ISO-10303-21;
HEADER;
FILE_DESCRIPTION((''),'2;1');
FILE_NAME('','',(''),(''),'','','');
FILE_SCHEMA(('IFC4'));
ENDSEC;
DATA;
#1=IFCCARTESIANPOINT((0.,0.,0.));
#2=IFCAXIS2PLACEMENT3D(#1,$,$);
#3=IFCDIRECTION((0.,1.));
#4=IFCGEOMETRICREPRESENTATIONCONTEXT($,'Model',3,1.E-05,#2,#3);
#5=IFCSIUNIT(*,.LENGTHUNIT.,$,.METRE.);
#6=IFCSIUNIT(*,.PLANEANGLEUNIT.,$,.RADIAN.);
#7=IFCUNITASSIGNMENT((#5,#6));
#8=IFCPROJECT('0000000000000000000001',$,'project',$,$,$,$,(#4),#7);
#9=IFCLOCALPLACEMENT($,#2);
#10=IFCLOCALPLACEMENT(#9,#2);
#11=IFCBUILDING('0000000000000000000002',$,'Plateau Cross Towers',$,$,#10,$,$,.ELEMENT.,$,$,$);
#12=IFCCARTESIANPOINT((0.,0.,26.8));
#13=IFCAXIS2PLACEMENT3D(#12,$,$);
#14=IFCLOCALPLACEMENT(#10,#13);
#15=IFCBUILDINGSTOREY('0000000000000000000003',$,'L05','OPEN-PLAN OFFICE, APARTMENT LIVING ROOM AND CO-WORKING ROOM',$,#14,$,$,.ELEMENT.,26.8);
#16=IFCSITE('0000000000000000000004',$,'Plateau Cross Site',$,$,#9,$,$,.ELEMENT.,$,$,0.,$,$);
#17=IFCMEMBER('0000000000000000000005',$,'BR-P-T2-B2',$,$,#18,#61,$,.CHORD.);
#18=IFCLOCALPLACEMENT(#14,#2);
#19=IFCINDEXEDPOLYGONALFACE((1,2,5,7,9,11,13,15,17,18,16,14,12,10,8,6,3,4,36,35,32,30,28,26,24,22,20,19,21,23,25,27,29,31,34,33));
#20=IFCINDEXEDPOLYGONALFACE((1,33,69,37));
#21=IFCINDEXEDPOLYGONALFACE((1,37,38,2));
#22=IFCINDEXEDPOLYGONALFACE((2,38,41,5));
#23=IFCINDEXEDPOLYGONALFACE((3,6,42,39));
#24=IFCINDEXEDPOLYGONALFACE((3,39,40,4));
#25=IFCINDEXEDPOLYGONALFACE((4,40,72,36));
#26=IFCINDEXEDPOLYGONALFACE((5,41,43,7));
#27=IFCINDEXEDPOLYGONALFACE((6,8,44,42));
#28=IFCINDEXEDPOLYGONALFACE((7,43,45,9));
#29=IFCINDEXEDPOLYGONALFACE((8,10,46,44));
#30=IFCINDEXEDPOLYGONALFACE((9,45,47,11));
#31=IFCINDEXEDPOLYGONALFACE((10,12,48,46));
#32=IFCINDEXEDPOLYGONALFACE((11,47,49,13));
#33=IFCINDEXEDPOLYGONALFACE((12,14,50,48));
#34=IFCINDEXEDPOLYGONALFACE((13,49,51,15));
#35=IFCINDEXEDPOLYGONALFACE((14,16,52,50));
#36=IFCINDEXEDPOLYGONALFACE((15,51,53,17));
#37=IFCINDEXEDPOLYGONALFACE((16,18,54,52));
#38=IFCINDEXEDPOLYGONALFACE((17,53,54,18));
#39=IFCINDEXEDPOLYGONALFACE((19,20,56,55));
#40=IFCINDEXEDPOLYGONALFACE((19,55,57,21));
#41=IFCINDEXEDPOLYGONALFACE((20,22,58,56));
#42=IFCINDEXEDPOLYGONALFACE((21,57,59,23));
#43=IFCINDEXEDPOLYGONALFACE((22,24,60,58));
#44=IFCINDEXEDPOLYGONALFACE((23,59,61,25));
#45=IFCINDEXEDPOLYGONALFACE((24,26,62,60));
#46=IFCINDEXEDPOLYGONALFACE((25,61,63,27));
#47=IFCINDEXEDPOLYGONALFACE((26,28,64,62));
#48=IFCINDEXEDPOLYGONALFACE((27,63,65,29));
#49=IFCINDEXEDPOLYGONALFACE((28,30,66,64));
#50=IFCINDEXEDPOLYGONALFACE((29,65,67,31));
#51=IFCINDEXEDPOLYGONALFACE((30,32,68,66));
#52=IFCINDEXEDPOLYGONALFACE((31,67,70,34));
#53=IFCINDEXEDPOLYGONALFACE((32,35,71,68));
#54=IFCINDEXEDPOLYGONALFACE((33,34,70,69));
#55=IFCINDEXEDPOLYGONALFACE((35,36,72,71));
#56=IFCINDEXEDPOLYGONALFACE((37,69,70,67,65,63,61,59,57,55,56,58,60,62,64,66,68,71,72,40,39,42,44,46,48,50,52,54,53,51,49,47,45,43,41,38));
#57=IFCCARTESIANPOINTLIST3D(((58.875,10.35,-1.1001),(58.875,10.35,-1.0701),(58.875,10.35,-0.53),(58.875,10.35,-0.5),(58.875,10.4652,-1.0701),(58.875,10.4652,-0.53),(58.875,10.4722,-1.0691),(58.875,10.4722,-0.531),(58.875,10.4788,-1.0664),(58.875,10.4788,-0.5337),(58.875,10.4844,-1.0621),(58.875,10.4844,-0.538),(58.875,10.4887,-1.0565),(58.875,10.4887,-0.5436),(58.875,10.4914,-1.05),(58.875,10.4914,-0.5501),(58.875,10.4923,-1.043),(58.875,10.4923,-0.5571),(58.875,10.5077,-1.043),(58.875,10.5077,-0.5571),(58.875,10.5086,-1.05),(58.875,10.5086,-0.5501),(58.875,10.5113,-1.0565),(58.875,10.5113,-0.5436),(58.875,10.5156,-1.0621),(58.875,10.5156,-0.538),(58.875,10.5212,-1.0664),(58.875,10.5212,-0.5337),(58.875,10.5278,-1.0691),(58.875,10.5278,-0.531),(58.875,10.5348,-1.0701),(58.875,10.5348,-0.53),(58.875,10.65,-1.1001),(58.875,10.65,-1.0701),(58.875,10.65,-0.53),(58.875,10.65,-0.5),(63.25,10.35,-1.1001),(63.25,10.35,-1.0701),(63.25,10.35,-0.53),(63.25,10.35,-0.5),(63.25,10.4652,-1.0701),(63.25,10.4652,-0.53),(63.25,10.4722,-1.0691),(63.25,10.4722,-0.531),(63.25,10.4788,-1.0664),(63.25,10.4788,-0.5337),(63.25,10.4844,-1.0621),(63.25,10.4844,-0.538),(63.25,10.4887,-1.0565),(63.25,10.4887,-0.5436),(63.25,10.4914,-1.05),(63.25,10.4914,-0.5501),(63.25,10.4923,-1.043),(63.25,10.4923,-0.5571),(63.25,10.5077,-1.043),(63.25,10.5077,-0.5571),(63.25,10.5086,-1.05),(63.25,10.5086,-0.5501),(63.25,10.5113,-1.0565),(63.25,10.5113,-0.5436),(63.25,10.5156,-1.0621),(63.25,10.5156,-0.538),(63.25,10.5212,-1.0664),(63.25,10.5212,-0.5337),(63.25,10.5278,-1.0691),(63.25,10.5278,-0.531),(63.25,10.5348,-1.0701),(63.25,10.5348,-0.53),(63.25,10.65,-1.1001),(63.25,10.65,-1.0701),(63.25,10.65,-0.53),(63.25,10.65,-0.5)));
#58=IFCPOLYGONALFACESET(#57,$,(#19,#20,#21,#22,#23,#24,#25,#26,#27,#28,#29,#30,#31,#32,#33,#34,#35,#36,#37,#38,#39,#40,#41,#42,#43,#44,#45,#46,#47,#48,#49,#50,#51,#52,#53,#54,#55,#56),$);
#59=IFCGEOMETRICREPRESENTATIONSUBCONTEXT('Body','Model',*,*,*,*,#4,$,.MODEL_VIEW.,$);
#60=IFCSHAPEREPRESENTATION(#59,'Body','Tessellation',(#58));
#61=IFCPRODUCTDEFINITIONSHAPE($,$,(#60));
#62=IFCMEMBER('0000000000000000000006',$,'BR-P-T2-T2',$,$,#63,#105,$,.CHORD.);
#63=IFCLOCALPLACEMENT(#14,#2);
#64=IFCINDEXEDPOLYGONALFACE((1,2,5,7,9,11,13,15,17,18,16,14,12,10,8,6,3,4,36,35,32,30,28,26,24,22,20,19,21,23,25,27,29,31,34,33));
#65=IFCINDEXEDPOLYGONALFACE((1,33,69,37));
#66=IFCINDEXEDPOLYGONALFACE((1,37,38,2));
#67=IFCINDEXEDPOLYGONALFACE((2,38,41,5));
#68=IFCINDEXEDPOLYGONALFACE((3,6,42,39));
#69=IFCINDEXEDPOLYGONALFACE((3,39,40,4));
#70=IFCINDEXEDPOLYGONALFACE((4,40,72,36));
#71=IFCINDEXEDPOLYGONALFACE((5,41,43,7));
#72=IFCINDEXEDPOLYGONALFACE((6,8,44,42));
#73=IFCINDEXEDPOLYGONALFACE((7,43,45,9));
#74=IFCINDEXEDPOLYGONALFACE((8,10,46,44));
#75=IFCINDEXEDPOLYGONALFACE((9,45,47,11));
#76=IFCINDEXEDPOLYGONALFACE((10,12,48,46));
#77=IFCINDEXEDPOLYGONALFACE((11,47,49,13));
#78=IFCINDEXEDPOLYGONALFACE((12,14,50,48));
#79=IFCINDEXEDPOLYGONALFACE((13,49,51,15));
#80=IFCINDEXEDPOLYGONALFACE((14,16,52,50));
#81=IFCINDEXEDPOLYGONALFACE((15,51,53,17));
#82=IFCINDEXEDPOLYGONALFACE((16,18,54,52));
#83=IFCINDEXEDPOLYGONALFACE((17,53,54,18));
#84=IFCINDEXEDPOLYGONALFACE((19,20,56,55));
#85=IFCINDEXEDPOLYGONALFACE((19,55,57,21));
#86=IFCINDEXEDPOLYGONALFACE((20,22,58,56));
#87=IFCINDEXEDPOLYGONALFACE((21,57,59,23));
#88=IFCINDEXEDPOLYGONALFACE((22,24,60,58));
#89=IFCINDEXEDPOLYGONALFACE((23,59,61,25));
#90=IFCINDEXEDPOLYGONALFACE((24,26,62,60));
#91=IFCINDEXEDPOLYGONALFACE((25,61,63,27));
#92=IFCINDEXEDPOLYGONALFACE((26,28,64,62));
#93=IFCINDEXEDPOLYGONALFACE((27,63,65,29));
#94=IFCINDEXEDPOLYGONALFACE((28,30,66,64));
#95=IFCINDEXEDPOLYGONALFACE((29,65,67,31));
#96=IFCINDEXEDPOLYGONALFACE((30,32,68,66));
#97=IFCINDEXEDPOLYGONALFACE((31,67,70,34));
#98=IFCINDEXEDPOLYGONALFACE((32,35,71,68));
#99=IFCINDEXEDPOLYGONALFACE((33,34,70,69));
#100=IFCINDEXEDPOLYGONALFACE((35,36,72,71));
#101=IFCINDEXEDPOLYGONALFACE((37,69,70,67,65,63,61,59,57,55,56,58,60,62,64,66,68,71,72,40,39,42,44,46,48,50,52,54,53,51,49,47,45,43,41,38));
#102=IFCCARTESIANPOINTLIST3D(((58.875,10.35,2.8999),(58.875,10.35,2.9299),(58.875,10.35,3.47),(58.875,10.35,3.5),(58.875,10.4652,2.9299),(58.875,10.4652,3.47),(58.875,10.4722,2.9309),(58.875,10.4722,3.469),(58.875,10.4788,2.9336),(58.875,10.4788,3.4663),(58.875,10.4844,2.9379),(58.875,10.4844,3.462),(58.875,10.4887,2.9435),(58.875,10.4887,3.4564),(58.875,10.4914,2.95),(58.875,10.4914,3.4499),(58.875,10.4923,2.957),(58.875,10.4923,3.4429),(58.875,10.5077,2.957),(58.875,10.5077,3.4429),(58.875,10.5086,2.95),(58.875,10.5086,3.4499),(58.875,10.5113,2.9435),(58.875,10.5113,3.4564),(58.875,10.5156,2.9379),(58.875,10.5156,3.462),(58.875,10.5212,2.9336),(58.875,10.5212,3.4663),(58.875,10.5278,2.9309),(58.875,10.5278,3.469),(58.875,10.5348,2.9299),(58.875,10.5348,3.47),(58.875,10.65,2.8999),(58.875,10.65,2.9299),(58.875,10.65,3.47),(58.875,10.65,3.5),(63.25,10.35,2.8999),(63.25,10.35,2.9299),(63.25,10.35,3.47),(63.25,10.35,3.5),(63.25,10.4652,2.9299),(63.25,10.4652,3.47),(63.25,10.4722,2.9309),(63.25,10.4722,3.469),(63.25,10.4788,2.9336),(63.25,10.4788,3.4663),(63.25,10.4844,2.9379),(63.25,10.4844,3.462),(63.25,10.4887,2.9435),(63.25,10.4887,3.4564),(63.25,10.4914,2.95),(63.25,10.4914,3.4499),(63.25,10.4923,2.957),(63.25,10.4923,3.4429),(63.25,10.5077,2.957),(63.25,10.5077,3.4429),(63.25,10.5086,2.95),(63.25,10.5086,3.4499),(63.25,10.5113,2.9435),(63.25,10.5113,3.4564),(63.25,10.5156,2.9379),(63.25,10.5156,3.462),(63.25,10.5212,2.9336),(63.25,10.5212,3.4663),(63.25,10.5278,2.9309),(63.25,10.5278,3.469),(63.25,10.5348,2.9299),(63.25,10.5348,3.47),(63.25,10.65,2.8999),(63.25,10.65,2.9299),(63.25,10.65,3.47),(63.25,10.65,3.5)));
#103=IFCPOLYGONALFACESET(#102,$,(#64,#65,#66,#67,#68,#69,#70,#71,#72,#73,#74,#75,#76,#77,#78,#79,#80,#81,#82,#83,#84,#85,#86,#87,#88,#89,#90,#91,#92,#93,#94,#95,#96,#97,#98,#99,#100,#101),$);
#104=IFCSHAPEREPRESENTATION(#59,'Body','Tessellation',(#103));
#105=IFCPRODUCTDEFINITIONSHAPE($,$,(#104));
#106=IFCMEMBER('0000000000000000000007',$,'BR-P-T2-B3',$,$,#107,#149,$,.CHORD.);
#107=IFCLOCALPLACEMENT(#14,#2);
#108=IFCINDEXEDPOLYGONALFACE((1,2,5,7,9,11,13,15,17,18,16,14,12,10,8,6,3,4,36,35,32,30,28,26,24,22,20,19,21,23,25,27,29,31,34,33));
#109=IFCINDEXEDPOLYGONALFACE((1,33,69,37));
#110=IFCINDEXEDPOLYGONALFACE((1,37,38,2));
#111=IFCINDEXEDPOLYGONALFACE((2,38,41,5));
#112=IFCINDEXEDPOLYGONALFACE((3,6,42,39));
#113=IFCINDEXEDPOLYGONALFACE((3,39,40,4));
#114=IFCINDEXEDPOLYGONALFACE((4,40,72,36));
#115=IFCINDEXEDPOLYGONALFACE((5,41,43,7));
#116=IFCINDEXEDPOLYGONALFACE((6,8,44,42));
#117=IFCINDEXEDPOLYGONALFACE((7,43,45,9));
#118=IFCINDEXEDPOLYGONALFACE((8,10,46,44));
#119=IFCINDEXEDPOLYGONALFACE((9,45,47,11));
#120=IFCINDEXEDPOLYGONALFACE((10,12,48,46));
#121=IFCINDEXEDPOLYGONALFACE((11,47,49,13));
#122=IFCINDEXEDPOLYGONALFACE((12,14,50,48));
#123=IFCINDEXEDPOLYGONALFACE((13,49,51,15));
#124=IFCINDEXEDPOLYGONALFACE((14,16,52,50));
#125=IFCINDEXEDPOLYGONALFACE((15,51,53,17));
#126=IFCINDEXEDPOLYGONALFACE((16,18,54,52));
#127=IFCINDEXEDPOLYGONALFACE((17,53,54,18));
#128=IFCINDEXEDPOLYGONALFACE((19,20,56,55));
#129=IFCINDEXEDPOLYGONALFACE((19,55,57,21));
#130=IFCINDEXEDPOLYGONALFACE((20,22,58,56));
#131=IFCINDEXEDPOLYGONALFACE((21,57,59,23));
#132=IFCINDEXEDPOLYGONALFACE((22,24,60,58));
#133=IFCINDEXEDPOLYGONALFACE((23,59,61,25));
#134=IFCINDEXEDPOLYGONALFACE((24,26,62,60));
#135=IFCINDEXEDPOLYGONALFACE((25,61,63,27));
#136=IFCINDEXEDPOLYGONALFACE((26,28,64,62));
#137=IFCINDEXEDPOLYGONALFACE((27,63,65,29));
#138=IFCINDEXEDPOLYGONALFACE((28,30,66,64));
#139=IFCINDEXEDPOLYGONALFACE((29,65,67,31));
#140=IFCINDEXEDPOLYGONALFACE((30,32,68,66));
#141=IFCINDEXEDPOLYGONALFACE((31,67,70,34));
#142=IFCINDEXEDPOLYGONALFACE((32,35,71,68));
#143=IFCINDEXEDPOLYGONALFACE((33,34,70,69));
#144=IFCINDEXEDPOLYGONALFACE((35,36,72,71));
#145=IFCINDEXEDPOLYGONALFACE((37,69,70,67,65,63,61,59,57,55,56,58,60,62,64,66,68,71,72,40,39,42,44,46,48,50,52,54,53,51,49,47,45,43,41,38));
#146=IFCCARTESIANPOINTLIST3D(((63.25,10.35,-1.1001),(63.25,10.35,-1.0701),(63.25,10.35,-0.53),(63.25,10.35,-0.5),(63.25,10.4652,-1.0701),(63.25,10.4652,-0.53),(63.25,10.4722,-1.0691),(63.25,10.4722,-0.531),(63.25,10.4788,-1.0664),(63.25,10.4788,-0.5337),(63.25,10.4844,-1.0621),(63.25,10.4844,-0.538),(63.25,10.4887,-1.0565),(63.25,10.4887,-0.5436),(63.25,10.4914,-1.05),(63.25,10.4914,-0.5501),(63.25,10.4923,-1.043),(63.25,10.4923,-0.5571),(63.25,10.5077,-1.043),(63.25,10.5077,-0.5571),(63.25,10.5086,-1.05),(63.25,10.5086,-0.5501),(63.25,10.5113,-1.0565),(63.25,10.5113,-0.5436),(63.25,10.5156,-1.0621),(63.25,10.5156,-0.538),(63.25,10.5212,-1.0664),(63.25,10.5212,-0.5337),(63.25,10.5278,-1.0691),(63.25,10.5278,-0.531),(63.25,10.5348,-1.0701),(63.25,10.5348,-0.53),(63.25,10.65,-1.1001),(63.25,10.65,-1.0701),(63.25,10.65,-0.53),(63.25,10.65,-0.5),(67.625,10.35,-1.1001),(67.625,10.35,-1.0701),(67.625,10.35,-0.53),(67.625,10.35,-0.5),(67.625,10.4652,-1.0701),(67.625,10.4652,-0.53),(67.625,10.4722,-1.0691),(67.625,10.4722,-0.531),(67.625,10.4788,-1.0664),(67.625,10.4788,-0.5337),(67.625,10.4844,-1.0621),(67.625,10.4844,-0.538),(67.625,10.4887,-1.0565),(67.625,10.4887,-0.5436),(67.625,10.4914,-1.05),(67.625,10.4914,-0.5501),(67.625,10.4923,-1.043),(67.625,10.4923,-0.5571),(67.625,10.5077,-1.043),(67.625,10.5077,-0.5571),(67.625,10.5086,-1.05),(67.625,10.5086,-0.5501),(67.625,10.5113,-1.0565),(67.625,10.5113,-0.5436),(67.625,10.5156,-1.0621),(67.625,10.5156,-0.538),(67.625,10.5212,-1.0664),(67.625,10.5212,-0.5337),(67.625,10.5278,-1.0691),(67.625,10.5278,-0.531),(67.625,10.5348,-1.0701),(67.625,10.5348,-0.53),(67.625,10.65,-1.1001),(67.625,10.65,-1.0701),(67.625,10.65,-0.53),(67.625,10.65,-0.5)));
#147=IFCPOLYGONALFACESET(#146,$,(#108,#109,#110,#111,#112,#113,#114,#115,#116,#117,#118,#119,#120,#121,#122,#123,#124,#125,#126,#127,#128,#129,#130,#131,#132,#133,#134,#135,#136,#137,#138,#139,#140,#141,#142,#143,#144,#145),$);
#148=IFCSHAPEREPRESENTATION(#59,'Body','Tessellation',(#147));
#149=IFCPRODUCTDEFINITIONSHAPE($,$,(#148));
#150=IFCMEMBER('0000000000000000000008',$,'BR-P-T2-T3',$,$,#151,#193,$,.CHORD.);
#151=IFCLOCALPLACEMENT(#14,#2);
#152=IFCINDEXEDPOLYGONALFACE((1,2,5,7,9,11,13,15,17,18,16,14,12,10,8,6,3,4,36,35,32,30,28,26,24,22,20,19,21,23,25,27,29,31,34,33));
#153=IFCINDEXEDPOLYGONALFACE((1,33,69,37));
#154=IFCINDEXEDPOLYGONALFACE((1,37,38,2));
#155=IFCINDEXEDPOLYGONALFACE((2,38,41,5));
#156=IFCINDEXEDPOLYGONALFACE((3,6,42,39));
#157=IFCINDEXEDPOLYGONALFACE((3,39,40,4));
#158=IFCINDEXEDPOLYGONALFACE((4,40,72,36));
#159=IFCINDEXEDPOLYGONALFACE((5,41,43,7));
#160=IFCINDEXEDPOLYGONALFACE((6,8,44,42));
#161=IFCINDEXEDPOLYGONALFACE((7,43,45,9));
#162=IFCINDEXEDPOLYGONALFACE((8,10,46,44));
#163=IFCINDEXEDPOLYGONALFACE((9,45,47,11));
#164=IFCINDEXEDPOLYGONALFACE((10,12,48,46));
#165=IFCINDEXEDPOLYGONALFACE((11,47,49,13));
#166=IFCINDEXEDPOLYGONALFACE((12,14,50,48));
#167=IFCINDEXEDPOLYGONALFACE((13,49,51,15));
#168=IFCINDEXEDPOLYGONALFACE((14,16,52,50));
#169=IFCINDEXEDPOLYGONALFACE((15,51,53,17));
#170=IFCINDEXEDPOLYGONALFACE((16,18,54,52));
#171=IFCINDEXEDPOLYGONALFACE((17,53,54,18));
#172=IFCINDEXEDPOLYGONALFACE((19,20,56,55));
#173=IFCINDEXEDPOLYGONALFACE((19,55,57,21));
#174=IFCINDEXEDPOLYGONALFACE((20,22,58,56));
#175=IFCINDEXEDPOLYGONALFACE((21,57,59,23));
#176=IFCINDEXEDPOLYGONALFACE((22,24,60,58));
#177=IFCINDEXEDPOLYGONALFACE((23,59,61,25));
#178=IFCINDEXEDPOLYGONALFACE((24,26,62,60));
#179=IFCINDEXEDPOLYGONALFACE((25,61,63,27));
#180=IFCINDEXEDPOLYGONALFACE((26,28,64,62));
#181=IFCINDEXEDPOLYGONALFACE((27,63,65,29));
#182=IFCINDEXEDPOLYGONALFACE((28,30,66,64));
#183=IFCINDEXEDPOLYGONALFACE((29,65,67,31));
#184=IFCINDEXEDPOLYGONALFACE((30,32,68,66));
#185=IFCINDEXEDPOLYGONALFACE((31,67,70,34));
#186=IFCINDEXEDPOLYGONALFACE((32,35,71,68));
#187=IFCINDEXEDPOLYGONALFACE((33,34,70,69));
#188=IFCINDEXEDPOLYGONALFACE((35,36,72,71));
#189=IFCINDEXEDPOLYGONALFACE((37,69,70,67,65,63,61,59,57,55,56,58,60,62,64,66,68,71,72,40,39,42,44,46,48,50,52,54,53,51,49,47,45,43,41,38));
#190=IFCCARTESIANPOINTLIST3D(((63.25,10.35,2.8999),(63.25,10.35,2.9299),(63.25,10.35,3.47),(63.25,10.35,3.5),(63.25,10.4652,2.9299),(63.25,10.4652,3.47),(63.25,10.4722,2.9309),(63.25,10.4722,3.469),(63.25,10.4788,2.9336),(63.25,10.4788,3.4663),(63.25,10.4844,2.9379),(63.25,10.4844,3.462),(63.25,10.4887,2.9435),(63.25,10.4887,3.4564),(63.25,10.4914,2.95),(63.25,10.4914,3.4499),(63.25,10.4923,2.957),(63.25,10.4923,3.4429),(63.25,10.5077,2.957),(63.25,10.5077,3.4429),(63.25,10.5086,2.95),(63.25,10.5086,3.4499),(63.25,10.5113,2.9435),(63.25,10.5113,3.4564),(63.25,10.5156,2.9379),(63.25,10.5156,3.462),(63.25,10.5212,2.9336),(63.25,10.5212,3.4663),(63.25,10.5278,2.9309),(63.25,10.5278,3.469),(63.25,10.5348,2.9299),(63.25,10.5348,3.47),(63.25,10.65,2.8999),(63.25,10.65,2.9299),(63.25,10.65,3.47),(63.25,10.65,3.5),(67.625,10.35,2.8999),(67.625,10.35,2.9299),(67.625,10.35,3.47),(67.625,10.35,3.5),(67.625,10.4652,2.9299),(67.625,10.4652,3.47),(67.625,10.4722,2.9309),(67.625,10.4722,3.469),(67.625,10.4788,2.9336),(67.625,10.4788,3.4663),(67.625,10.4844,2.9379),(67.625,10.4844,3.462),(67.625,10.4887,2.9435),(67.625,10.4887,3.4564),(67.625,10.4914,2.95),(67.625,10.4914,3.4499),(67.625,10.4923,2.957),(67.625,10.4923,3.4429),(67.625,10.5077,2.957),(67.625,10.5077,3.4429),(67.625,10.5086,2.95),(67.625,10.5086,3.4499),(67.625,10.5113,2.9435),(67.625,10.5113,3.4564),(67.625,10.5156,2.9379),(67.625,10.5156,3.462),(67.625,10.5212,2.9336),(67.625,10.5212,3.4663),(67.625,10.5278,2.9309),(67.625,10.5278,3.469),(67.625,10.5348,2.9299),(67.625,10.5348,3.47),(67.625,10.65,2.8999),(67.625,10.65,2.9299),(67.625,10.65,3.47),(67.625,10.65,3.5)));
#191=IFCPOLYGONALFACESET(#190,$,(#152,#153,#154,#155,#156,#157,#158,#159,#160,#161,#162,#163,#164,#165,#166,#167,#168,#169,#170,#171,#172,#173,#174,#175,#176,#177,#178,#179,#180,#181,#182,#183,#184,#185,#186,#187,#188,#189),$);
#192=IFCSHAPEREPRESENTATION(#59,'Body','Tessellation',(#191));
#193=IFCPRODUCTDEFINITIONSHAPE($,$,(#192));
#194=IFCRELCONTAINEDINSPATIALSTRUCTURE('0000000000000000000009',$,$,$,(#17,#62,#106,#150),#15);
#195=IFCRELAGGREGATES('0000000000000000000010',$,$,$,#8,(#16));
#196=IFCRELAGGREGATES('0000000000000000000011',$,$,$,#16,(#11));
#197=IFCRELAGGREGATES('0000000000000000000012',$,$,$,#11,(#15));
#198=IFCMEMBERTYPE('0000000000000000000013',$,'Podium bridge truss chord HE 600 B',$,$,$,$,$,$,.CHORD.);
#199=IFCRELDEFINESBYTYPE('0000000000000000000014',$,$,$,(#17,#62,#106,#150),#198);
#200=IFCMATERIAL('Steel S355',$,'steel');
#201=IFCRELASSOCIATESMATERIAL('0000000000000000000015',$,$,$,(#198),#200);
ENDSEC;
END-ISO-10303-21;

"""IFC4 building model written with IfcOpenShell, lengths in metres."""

from ifc_helpers import new_model, si_unit, direction, frame, origin, origin_2d, place, context, subcontext, project, spatial, i_section, extrude, material, material_profile, profile_set, type_object, element, save


model = new_model("IFC4")

# Units and contexts
model_context = context("Model", 3, precision=1e-05, world=origin(), true_north=direction((0.0, 1.0)))
body_context = subcontext(model_context, "Body", "Model", "MODEL_VIEW")
ifc_project = project(units=[si_unit("LENGTHUNIT", "METRE"), si_unit("PLANEANGLEUNIT", "RADIAN")], contexts=[model_context])

# Site, building, storey
site_placement = place(None, origin())
site = spatial("IfcSite", under=ifc_project, at=site_placement, Name="Plateau Cross Site", CompositionType="ELEMENT", RefElevation=0.0)
building_placement = place(site_placement, origin())
building = spatial("IfcBuilding", under=site, at=building_placement, Name="Plateau Cross Towers", CompositionType="ELEMENT")
storey_placement = place(building_placement, frame((0.0, 0.0, 26.8)))
storey = spatial("IfcBuildingStorey", under=building, at=storey_placement, Name="L05", Description="OPEN-PLAN OFFICE, APARTMENT LIVING ROOM AND CO-WORKING ROOM", CompositionType="ELEMENT", Elevation=26.8)

# Shared definitions
ifc_material_1 = material(Name="Steel S355", Category="steel")

# Members
ifc_material_profile_1 = material_profile(ifc_material_1, i_section(OverallWidth=0.3, OverallDepth=0.6001, WebThickness=0.0154, FlangeThickness=0.03, FilletRadius=0.0271, at=origin_2d()), Name="HE 600 B")
ifc_profile_set_1 = profile_set([ifc_material_profile_1], Name="Steel S355")
member_type_1 = type_object("IfcMemberType", Name="Podium bridge truss chord HE 600 B", PredefinedType="CHORD", material=ifc_profile_set_1)
for number, where, z_axis, x_axis, name in (
    (1, (58.875, 10.5, -0.8), (1.0, 0.0, 0.0), (0.0, 1.0, 0.0), "BR-P-T2-B2"),
    (2, (58.875, 10.5, 3.2), (1.0, 0.0, 0.0), (0.0, 1.0, 0.0), "BR-P-T2-T2"),
    (3, (63.25, 10.5, -0.8), (1.0, 0.0, 0.0), (0.0, 1.0, 0.0), "BR-P-T2-B3"),
    (4, (63.25, 10.5, 3.2), (1.0, 0.0, 0.0), (0.0, 1.0, 0.0), "BR-P-T2-T3"),
):
    element("IfcMember", number, at=place(storey_placement, frame(where, z_axis=z_axis, x_axis=x_axis)), inside=storey, type_object=member_type_1, Name=name, PredefinedType="CHORD", context=body_context, shape_type="SweptSolid", body=[
        extrude(i_section(OverallWidth=0.3, OverallDepth=0.6001, WebThickness=0.0154, FlangeThickness=0.03, FilletRadius=0.0271, at=origin_2d()), origin(), (0.0, 0.0, 1.0), 4.375),
    ])

save(model, "model.ifc")
